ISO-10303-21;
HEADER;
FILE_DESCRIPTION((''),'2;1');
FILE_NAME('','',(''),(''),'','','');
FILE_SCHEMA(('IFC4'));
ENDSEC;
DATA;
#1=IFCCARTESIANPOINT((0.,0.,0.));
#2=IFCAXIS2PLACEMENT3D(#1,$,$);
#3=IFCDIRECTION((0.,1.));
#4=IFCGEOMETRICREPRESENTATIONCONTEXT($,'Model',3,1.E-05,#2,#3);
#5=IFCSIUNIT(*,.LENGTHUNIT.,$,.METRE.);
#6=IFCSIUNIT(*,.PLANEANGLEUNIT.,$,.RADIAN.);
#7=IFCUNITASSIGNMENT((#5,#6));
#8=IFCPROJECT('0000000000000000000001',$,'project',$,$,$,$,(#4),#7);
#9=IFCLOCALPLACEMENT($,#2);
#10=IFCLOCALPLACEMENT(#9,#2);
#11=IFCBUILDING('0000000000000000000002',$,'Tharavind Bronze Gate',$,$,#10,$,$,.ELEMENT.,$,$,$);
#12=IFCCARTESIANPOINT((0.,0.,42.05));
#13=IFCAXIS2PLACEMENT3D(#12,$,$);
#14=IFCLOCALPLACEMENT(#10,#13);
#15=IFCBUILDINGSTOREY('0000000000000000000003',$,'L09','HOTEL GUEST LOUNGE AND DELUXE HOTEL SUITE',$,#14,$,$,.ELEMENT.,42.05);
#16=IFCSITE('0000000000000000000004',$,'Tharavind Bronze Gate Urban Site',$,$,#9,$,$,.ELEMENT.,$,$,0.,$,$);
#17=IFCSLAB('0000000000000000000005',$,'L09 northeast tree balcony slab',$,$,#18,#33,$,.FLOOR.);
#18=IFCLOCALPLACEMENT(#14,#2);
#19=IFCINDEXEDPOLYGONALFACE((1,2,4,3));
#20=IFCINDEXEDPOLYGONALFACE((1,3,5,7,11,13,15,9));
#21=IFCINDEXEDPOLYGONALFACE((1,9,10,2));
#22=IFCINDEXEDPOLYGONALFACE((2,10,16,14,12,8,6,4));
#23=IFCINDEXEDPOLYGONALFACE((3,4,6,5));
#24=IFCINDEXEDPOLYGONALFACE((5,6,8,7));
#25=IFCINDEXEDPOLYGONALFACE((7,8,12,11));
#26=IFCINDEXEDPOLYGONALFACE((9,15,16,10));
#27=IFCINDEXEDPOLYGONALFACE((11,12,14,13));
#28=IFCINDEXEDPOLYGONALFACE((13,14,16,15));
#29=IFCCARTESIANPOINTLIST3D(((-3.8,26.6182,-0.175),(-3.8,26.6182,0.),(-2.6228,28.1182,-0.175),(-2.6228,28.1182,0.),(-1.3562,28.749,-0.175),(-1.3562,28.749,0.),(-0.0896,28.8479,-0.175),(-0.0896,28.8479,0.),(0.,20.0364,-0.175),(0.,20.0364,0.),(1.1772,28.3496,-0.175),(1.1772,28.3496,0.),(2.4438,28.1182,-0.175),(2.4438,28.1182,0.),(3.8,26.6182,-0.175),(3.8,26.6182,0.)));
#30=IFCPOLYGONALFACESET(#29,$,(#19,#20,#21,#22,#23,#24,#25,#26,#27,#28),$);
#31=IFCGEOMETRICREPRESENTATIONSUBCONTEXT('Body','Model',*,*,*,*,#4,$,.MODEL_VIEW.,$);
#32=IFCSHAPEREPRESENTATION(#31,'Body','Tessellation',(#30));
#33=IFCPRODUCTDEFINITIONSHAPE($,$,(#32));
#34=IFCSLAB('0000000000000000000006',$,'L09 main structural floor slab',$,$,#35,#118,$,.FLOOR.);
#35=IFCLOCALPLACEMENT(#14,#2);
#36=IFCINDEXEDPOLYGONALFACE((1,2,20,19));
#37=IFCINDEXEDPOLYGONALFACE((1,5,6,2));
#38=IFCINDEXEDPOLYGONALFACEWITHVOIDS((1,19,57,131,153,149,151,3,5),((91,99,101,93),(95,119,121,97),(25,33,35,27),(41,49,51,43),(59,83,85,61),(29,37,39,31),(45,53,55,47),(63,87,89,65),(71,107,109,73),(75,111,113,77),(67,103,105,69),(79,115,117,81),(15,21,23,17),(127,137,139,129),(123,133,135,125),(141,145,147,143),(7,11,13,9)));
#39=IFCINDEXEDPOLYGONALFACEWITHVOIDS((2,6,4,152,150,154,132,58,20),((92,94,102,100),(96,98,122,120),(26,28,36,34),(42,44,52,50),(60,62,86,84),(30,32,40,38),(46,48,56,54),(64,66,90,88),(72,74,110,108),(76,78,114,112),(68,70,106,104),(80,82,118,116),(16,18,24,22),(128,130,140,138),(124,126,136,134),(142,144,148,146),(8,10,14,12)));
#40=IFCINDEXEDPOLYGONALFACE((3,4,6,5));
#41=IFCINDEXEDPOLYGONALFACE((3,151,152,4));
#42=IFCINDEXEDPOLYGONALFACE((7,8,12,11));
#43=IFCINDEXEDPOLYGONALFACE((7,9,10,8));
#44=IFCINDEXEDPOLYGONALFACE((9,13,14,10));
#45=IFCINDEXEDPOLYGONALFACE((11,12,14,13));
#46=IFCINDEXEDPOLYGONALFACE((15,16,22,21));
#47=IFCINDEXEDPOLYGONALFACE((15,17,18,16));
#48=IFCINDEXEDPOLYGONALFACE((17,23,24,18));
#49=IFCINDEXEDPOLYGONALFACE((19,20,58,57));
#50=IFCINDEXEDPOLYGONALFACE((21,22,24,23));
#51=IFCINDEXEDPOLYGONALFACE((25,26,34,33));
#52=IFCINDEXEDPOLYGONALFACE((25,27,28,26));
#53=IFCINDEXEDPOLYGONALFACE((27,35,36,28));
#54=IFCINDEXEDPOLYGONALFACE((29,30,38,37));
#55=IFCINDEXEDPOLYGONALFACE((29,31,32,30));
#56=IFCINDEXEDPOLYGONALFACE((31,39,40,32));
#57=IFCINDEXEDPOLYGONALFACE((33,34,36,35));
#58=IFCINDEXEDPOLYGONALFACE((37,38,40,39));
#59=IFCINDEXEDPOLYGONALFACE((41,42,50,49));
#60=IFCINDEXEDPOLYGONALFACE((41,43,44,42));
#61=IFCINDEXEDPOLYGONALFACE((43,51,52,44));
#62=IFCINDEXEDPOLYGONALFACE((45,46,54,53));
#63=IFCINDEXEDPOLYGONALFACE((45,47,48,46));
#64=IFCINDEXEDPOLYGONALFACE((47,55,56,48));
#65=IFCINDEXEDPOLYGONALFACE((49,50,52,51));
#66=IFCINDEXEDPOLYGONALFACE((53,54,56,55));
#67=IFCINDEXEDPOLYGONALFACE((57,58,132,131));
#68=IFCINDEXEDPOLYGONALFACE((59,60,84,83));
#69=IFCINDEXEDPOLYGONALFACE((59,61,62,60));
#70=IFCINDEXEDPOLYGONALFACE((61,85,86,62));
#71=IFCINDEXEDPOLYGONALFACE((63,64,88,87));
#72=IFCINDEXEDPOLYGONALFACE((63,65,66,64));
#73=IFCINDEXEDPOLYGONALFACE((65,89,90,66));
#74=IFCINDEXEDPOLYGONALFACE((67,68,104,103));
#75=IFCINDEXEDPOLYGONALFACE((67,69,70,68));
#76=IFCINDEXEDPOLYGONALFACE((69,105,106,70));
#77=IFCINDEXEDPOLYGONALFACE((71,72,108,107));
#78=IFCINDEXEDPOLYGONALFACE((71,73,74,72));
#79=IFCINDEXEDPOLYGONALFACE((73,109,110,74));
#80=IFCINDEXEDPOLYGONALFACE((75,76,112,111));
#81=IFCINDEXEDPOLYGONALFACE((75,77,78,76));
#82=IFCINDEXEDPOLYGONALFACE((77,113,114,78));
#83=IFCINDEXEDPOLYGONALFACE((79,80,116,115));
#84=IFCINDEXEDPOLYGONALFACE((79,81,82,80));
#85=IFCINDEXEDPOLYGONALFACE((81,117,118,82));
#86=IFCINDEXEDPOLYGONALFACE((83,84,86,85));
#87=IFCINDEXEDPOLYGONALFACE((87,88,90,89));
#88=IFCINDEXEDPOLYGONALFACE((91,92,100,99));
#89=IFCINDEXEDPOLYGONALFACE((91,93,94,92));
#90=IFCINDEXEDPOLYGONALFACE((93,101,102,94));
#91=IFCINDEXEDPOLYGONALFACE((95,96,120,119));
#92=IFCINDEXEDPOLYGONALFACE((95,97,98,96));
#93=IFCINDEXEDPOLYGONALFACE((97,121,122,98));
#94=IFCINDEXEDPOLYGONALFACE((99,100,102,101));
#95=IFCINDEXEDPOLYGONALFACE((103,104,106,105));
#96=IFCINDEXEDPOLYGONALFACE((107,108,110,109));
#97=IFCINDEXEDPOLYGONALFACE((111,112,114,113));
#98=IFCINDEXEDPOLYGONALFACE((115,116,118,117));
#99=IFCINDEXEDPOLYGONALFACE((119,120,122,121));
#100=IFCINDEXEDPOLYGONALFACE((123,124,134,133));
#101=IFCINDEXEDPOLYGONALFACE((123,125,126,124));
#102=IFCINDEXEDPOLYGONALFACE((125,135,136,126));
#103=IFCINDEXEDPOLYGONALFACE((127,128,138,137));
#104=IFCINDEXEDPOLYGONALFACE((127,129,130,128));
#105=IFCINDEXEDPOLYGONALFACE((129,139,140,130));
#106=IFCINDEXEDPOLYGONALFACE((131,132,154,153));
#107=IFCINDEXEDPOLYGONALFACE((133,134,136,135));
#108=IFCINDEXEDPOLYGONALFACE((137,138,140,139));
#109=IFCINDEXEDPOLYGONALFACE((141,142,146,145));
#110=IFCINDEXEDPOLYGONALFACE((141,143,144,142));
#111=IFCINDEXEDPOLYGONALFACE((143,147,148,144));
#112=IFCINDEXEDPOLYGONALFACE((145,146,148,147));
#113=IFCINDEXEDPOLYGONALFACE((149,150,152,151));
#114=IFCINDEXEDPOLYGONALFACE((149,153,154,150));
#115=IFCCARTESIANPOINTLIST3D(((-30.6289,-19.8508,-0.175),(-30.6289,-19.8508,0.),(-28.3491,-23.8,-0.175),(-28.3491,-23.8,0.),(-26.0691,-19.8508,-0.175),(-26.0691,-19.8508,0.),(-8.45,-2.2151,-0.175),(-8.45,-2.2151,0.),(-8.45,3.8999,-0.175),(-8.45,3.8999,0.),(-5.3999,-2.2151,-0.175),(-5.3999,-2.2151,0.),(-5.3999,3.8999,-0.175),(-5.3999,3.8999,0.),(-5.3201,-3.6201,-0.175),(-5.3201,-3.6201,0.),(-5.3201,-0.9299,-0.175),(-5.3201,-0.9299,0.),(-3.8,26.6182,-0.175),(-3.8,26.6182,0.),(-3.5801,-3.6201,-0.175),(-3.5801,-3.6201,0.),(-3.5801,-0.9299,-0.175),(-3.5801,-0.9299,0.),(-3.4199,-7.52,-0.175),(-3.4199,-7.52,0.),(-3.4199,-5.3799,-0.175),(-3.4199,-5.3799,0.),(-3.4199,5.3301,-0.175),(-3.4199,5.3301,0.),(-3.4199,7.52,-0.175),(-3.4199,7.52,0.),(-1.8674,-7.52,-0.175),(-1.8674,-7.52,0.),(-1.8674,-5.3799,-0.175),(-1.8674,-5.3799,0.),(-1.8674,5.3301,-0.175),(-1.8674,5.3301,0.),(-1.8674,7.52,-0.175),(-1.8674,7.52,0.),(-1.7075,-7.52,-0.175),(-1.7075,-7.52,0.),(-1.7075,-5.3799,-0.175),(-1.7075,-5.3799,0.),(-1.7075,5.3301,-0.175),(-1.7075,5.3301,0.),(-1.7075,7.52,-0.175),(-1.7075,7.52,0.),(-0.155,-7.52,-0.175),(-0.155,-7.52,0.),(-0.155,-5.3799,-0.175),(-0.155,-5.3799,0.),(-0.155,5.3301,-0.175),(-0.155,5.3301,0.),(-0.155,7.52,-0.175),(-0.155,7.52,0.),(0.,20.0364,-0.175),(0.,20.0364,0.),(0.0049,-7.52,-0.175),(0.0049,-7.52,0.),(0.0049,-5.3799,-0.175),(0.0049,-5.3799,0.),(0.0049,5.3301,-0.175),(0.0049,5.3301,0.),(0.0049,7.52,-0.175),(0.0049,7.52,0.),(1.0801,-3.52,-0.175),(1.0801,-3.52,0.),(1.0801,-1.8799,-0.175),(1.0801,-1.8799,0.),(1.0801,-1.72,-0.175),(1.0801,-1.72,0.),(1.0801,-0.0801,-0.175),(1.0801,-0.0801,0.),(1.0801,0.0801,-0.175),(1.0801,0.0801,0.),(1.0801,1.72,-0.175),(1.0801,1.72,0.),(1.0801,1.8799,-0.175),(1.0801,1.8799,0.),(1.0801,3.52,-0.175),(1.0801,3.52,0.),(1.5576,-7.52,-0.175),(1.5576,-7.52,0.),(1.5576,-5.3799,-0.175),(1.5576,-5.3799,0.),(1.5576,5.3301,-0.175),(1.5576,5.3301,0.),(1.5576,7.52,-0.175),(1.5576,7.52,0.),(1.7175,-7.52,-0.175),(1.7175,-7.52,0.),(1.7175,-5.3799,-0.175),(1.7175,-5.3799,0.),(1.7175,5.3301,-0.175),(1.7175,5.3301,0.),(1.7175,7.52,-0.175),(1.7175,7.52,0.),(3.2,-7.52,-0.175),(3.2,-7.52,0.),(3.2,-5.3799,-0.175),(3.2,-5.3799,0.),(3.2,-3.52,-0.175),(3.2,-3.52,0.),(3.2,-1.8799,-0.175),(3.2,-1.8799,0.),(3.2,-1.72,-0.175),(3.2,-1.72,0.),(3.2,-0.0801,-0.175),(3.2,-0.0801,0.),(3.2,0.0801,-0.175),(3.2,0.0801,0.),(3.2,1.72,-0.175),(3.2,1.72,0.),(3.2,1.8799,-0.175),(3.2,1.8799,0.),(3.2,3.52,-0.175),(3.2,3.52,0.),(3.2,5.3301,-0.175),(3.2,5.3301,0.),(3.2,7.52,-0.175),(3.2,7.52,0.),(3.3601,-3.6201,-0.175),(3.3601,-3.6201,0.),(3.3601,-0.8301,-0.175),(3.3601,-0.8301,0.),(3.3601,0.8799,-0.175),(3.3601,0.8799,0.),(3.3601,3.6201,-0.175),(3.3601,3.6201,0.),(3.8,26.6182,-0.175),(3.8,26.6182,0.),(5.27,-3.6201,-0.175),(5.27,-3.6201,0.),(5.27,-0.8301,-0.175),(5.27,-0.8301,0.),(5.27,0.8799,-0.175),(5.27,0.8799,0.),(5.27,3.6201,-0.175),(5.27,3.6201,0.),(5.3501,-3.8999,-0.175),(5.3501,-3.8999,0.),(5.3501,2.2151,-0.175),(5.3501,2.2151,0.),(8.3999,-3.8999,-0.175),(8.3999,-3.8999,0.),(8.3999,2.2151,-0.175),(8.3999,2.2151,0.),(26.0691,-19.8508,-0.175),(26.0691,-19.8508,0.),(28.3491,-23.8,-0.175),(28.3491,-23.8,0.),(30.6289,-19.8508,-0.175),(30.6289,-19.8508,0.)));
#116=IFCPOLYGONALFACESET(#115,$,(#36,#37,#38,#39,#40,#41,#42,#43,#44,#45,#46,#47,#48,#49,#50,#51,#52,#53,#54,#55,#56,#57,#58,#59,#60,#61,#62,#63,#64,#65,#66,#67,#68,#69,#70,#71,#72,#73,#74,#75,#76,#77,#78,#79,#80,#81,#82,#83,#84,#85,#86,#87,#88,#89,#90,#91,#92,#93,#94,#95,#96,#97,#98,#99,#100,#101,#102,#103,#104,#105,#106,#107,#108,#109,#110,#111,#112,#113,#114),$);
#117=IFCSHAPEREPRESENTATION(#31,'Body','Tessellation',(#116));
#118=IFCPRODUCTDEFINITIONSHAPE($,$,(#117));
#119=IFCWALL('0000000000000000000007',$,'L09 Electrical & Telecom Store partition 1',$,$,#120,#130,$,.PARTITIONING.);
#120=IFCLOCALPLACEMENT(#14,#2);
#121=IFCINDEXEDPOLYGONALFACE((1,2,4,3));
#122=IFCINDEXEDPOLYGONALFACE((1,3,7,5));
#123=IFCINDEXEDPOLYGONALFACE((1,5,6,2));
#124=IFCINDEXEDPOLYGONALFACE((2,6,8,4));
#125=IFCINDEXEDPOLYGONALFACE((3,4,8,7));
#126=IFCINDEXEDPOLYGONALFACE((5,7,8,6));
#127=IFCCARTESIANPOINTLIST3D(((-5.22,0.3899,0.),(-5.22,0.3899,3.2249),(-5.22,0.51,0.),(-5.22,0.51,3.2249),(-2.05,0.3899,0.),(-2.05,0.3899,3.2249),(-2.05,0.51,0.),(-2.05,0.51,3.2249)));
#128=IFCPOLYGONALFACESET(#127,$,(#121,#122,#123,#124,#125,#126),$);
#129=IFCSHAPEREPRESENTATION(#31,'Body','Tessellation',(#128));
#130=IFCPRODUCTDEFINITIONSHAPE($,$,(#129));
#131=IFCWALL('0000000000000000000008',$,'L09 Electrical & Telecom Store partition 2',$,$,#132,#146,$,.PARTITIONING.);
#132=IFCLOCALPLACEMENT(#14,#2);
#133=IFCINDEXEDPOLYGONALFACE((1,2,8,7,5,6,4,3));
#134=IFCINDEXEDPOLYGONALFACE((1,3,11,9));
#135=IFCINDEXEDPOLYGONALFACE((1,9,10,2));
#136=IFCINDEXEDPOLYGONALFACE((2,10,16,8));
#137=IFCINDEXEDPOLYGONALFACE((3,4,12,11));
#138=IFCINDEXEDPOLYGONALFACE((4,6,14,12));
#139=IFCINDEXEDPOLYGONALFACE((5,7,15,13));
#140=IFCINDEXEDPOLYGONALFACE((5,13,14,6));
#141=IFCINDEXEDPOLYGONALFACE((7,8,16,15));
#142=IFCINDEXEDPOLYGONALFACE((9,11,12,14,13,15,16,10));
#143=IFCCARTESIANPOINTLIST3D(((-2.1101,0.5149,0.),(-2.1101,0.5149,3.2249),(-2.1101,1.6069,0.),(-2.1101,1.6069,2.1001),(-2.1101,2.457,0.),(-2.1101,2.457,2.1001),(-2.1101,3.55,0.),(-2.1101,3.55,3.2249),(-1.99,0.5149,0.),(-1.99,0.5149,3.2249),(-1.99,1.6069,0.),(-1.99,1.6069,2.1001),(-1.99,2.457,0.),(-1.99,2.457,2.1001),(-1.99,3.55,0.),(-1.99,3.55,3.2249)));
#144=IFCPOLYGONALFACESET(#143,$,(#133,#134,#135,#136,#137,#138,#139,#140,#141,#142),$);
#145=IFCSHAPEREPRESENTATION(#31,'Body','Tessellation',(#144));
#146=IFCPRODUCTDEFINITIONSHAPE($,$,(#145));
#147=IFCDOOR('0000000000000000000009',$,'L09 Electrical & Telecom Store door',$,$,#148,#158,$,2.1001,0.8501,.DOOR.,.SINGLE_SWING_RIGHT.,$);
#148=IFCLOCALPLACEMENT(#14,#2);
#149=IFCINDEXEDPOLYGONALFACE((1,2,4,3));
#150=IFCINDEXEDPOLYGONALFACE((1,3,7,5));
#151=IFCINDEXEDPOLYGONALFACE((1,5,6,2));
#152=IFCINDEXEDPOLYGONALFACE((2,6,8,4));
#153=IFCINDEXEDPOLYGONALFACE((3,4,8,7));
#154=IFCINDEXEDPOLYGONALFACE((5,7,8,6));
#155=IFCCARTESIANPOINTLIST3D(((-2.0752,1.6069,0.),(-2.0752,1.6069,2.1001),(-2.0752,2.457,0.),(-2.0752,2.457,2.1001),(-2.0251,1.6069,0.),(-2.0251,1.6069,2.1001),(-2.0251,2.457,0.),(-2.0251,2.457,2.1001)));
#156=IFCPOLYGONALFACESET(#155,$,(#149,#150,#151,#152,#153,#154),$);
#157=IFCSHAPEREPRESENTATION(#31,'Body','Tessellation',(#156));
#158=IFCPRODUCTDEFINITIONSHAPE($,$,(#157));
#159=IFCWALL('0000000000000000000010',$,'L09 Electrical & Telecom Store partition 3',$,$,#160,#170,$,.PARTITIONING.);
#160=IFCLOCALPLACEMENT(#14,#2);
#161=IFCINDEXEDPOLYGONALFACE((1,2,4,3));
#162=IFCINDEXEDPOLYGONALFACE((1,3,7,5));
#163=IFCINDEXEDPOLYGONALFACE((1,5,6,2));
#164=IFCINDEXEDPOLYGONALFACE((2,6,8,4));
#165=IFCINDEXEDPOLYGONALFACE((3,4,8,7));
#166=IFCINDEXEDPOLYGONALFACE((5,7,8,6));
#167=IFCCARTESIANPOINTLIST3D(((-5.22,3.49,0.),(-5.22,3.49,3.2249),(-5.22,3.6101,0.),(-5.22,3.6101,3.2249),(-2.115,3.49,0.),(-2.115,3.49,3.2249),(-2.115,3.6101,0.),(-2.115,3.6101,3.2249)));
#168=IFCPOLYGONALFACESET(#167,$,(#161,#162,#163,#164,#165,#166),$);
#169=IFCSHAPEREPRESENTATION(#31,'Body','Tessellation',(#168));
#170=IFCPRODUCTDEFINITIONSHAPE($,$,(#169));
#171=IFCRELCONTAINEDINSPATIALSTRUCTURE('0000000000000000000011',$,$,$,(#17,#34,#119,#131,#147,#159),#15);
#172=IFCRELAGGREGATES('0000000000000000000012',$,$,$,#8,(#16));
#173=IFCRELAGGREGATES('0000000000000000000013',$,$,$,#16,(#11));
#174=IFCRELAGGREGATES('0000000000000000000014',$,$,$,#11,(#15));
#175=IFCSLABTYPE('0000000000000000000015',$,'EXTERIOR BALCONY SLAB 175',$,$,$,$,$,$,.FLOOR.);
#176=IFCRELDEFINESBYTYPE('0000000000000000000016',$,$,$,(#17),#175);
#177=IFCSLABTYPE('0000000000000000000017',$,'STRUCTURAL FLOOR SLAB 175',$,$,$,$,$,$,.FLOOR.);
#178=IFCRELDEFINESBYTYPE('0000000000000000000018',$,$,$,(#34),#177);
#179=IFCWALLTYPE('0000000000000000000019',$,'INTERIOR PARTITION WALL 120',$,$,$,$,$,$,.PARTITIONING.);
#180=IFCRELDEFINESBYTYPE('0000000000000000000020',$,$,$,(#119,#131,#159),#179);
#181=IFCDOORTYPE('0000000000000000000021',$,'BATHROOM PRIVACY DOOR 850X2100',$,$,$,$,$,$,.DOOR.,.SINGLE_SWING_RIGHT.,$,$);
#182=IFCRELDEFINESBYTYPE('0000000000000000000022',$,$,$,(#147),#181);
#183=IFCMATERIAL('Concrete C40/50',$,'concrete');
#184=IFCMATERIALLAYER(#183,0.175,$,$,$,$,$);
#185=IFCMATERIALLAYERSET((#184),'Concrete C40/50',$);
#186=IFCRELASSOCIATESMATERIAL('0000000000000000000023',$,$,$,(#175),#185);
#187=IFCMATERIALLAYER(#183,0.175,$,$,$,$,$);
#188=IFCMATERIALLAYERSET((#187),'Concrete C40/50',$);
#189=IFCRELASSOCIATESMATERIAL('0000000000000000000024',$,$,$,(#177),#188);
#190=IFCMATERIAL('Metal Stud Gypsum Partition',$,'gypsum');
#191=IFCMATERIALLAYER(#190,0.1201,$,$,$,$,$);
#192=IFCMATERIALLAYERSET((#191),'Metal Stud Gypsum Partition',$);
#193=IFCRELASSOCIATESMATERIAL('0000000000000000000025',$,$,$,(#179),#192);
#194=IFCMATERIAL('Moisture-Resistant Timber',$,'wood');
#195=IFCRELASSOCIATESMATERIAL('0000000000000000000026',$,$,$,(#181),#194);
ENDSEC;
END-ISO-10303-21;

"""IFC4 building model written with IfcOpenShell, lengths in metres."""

from ifc_helpers import new_model, si_unit, direction, frame, frame_2d, origin, place, context, subcontext, project, spatial, polyline, rectangle, outline, extrude, material, layer, layer_set, type_object, element, fill, save


model = new_model("IFC4")

# Units and contexts
model_context = context("Model", 3, precision=1e-05, world=origin(), true_north=direction((0.0, 1.0)))
body_context = subcontext(model_context, "Body", "Model", "MODEL_VIEW")
ifc_project = project(units=[si_unit("LENGTHUNIT", "METRE"), si_unit("PLANEANGLEUNIT", "RADIAN")], contexts=[model_context])

# Site, building, storey
site_placement = place(None, origin())
site = spatial("IfcSite", under=ifc_project, at=site_placement, Name="Tharavind Bronze Gate Urban Site", CompositionType="ELEMENT", RefElevation=0.0)
building_placement = place(site_placement, origin())
building = spatial("IfcBuilding", under=site, at=building_placement, Name="Tharavind Bronze Gate", CompositionType="ELEMENT")
storey_placement = place(building_placement, frame((0.0, 0.0, 42.05)))
storey = spatial("IfcBuildingStorey", under=building, at=storey_placement, Name="L09", Description="HOTEL GUEST LOUNGE AND DELUXE HOTEL SUITE", CompositionType="ELEMENT", Elevation=42.05)

# Slabs
ifc_material_1 = material(Name="Concrete C40/50", Category="concrete")
ifc_layer_1 = layer(ifc_material_1, 0.175)
ifc_layer_set_1 = layer_set([ifc_layer_1], Name="Concrete C40/50")
slab_type_1 = type_object("IfcSlabType", Name="EXTERIOR BALCONY SLAB 175", PredefinedType="FLOOR", material=ifc_layer_set_1)
slab_1_placement = place(storey_placement, frame((0.0, 0.0, -0.175)))
element("IfcSlab", 1, at=slab_1_placement, inside=storey, type_object=slab_type_1, Name="L09 northeast tree balcony slab", PredefinedType="FLOOR", context=body_context, shape_type="SweptSolid", body=[
    extrude(outline(polyline([(2.4438, 28.1182), (1.1772, 28.3496), (-0.0896, 28.8479), (-1.3562, 28.749), (-2.6228, 28.1182), (-3.8, 26.6182), (0.0, 20.0364), (3.8, 26.6182), (2.4438, 28.1182)])), origin(), (0.0, 0.0, 1.0), 0.175),
])
ifc_layer_2 = layer(ifc_material_1, 0.175)
ifc_layer_set_2 = layer_set([ifc_layer_2], Name="Concrete C40/50")
slab_type_2 = type_object("IfcSlabType", Name="STRUCTURAL FLOOR SLAB 175", PredefinedType="FLOOR", material=ifc_layer_set_2)
slab_2_placement = place(storey_placement, frame((0.0, 0.0, -0.175)))
element("IfcSlab", 2, at=slab_2_placement, inside=storey, type_object=slab_type_2, Name="L09 main structural floor slab", PredefinedType="FLOOR", context=body_context, shape_type="SweptSolid", body=[
    extrude(outline(polyline([(3.8, 26.6182), (0.0, 20.0364), (-3.8, 26.6182), (-30.6289, -19.8508), (-26.0691, -19.8508), (-28.3491, -23.8), (28.3491, -23.8), (26.0691, -19.8508), (30.6289, -19.8508), (3.8, 26.6182)]), holes=[polyline([(-5.3999, -2.2151), (-5.3999, 3.8999), (-8.45, 3.8999), (-8.45, -2.2151), (-5.3999, -2.2151)]), polyline([(5.3501, 2.2151), (5.3501, -3.8999), (8.3999, -3.8999), (8.3999, 2.2151), (5.3501, 2.2151)]), polyline([(-3.4199, -7.52), (-1.8674, -7.52), (-1.8674, -5.3799), (-3.4199, -5.3799), (-3.4199, -7.52)]), polyline([(-1.7075, -7.52), (-0.155, -7.52), (-0.155, -5.3799), (-1.7075, -5.3799), (-1.7075, -7.52)]), polyline([(0.0049, -7.52), (1.5576, -7.52), (1.5576, -5.3799), (0.0049, -5.3799), (0.0049, -7.52)]), polyline([(1.7175, -7.52), (3.2, -7.52), (3.2, -5.3799), (1.7175, -5.3799), (1.7175, -7.52)]), polyline([(-3.4199, 5.3301), (-1.8674, 5.3301), (-1.8674, 7.52), (-3.4199, 7.52), (-3.4199, 5.3301)]), polyline([(-1.7075, 5.3301), (-0.155, 5.3301), (-0.155, 7.52), (-1.7075, 7.52), (-1.7075, 5.3301)]), polyline([(0.0049, 5.3301), (1.5576, 5.3301), (1.5576, 7.52), (0.0049, 7.52), (0.0049, 5.3301)]), polyline([(1.7175, 5.3301), (3.2, 5.3301), (3.2, 7.52), (1.7175, 7.52), (1.7175, 5.3301)]), polyline([(1.0801, -3.52), (3.2, -3.52), (3.2, -1.8799), (1.0801, -1.8799), (1.0801, -3.52)]), polyline([(1.0801, -1.72), (3.2, -1.72), (3.2, -0.0801), (1.0801, -0.0801), (1.0801, -1.72)]), polyline([(1.0801, 0.0801), (3.2, 0.0801), (3.2, 1.72), (1.0801, 1.72), (1.0801, 0.0801)]), polyline([(1.0801, 1.8799), (3.2, 1.8799), (3.2, 3.52), (1.0801, 3.52), (1.0801, 1.8799)]), polyline([(-5.3201, -3.6201), (-3.5801, -3.6201), (-3.5801, -0.9299), (-5.3201, -0.9299), (-5.3201, -3.6201)]), polyline([(3.3601, 0.8799), (5.27, 0.8799), (5.27, 3.6201), (3.3601, 3.6201), (3.3601, 0.8799)]), polyline([(3.3601, -3.6201), (5.27, -3.6201), (5.27, -0.8301), (3.3601, -0.8301), (3.3601, -3.6201)])]), origin(), (0.0, 0.0, 1.0), 0.175),
])

# Wall
ifc_material_2 = material(Name="Metal Stud Gypsum Partition", Category="gypsum")
ifc_layer_3 = layer(ifc_material_2, 0.1201)
ifc_layer_set_3 = layer_set([ifc_layer_3], Name="Metal Stud Gypsum Partition")
wall_type_1 = type_object("IfcWallType", Name="INTERIOR PARTITION WALL 120", PredefinedType="PARTITIONING", material=ifc_layer_set_3)
wall_1_placement = place(storey_placement, frame((-5.22, 0.45, 0.0), z_axis=(0.0, 0.0, 1.0), x_axis=(1.0, 0.0, 0.0)))
element("IfcWall", 3, at=wall_1_placement, inside=storey, type_object=wall_type_1, Name="L09 Electrical & Telecom Store partition 1", PredefinedType="PARTITIONING", context=body_context, shape_type="SweptSolid", body=[
    extrude(rectangle(XDim=3.1699, YDim=0.1201, at=frame_2d((1.585, 0.0))), origin(), (0.0, 0.0, 1.0), 3.2249),
])

# Wall, opening, door
wall_2_placement = place(storey_placement, frame((-2.05, 0.5149, 0.0), z_axis=(0.0, 0.0, 1.0), x_axis=(0.0, 1.0, 0.0)))
wall_2 = element("IfcWall", 4, at=wall_2_placement, inside=storey, type_object=wall_type_1, Name="L09 Electrical & Telecom Store partition 2", PredefinedType="PARTITIONING", context=body_context, shape_type="SweptSolid", body=[
    extrude(rectangle(XDim=3.0352, YDim=0.1201, at=frame_2d((1.5176, 0.0))), origin(), (0.0, 0.0, 1.0), 3.2249),
])
opening_placement = place(wall_2_placement, frame((1.092, 0.0, 0.0)))
opening = element("IfcOpeningElement", 5, at=opening_placement, cuts=wall_2, PredefinedType="OPENING", context=body_context, shape_type="SweptSolid", body=[
    extrude(rectangle(XDim=0.8501, YDim=2.1001, at=frame_2d((0.425, 1.05))), frame((0.0, 0.0701, 0.0), z_axis=(0.0, -1.0, 0.0), x_axis=(1.0, 0.0, 0.0)), (0.0, 0.0, 1.0), 0.1401),
])
ifc_material_3 = material(Name="Moisture-Resistant Timber", Category="wood")
door_type = type_object("IfcDoorType", Name="BATHROOM PRIVACY DOOR 850X2100", OperationType="SINGLE_SWING_RIGHT", PredefinedType="DOOR", material=ifc_material_3)
door_placement = place(opening_placement, frame((0.8501, 0.0, 0.0), z_axis=(0.0, 0.0, 1.0), x_axis=(-1.0, 0.0, 0.0)))
door = element("IfcDoor", 6, at=door_placement, inside=storey, type_object=door_type, Name="L09 Electrical & Telecom Store door", OperationType="SINGLE_SWING_RIGHT", OverallHeight=2.1001, OverallWidth=0.8501, PredefinedType="DOOR", context=body_context, shape_type="SweptSolid", body=[
    extrude(rectangle(XDim=0.8501, YDim=2.1001, at=frame_2d((0.425, 1.05))), frame((0.0, 0.0249, 0.0), z_axis=(0.0, -1.0, 0.0), x_axis=(1.0, 0.0, 0.0)), (0.0, 0.0, 1.0), 0.05),
])
fill(opening, door)

# Wall
wall_3_placement = place(storey_placement, frame((-2.115, 3.55, 0.0), z_axis=(0.0, 0.0, 1.0), x_axis=(-1.0, 0.0, 0.0)))
element("IfcWall", 7, at=wall_3_placement, inside=storey, type_object=wall_type_1, Name="L09 Electrical & Telecom Store partition 3", PredefinedType="PARTITIONING", context=body_context, shape_type="SweptSolid", body=[
    extrude(rectangle(XDim=3.105, YDim=0.1201, at=frame_2d((1.5525, 0.0))), origin(), (0.0, 0.0, 1.0), 3.2249),
])

save(model, "model.ifc")
